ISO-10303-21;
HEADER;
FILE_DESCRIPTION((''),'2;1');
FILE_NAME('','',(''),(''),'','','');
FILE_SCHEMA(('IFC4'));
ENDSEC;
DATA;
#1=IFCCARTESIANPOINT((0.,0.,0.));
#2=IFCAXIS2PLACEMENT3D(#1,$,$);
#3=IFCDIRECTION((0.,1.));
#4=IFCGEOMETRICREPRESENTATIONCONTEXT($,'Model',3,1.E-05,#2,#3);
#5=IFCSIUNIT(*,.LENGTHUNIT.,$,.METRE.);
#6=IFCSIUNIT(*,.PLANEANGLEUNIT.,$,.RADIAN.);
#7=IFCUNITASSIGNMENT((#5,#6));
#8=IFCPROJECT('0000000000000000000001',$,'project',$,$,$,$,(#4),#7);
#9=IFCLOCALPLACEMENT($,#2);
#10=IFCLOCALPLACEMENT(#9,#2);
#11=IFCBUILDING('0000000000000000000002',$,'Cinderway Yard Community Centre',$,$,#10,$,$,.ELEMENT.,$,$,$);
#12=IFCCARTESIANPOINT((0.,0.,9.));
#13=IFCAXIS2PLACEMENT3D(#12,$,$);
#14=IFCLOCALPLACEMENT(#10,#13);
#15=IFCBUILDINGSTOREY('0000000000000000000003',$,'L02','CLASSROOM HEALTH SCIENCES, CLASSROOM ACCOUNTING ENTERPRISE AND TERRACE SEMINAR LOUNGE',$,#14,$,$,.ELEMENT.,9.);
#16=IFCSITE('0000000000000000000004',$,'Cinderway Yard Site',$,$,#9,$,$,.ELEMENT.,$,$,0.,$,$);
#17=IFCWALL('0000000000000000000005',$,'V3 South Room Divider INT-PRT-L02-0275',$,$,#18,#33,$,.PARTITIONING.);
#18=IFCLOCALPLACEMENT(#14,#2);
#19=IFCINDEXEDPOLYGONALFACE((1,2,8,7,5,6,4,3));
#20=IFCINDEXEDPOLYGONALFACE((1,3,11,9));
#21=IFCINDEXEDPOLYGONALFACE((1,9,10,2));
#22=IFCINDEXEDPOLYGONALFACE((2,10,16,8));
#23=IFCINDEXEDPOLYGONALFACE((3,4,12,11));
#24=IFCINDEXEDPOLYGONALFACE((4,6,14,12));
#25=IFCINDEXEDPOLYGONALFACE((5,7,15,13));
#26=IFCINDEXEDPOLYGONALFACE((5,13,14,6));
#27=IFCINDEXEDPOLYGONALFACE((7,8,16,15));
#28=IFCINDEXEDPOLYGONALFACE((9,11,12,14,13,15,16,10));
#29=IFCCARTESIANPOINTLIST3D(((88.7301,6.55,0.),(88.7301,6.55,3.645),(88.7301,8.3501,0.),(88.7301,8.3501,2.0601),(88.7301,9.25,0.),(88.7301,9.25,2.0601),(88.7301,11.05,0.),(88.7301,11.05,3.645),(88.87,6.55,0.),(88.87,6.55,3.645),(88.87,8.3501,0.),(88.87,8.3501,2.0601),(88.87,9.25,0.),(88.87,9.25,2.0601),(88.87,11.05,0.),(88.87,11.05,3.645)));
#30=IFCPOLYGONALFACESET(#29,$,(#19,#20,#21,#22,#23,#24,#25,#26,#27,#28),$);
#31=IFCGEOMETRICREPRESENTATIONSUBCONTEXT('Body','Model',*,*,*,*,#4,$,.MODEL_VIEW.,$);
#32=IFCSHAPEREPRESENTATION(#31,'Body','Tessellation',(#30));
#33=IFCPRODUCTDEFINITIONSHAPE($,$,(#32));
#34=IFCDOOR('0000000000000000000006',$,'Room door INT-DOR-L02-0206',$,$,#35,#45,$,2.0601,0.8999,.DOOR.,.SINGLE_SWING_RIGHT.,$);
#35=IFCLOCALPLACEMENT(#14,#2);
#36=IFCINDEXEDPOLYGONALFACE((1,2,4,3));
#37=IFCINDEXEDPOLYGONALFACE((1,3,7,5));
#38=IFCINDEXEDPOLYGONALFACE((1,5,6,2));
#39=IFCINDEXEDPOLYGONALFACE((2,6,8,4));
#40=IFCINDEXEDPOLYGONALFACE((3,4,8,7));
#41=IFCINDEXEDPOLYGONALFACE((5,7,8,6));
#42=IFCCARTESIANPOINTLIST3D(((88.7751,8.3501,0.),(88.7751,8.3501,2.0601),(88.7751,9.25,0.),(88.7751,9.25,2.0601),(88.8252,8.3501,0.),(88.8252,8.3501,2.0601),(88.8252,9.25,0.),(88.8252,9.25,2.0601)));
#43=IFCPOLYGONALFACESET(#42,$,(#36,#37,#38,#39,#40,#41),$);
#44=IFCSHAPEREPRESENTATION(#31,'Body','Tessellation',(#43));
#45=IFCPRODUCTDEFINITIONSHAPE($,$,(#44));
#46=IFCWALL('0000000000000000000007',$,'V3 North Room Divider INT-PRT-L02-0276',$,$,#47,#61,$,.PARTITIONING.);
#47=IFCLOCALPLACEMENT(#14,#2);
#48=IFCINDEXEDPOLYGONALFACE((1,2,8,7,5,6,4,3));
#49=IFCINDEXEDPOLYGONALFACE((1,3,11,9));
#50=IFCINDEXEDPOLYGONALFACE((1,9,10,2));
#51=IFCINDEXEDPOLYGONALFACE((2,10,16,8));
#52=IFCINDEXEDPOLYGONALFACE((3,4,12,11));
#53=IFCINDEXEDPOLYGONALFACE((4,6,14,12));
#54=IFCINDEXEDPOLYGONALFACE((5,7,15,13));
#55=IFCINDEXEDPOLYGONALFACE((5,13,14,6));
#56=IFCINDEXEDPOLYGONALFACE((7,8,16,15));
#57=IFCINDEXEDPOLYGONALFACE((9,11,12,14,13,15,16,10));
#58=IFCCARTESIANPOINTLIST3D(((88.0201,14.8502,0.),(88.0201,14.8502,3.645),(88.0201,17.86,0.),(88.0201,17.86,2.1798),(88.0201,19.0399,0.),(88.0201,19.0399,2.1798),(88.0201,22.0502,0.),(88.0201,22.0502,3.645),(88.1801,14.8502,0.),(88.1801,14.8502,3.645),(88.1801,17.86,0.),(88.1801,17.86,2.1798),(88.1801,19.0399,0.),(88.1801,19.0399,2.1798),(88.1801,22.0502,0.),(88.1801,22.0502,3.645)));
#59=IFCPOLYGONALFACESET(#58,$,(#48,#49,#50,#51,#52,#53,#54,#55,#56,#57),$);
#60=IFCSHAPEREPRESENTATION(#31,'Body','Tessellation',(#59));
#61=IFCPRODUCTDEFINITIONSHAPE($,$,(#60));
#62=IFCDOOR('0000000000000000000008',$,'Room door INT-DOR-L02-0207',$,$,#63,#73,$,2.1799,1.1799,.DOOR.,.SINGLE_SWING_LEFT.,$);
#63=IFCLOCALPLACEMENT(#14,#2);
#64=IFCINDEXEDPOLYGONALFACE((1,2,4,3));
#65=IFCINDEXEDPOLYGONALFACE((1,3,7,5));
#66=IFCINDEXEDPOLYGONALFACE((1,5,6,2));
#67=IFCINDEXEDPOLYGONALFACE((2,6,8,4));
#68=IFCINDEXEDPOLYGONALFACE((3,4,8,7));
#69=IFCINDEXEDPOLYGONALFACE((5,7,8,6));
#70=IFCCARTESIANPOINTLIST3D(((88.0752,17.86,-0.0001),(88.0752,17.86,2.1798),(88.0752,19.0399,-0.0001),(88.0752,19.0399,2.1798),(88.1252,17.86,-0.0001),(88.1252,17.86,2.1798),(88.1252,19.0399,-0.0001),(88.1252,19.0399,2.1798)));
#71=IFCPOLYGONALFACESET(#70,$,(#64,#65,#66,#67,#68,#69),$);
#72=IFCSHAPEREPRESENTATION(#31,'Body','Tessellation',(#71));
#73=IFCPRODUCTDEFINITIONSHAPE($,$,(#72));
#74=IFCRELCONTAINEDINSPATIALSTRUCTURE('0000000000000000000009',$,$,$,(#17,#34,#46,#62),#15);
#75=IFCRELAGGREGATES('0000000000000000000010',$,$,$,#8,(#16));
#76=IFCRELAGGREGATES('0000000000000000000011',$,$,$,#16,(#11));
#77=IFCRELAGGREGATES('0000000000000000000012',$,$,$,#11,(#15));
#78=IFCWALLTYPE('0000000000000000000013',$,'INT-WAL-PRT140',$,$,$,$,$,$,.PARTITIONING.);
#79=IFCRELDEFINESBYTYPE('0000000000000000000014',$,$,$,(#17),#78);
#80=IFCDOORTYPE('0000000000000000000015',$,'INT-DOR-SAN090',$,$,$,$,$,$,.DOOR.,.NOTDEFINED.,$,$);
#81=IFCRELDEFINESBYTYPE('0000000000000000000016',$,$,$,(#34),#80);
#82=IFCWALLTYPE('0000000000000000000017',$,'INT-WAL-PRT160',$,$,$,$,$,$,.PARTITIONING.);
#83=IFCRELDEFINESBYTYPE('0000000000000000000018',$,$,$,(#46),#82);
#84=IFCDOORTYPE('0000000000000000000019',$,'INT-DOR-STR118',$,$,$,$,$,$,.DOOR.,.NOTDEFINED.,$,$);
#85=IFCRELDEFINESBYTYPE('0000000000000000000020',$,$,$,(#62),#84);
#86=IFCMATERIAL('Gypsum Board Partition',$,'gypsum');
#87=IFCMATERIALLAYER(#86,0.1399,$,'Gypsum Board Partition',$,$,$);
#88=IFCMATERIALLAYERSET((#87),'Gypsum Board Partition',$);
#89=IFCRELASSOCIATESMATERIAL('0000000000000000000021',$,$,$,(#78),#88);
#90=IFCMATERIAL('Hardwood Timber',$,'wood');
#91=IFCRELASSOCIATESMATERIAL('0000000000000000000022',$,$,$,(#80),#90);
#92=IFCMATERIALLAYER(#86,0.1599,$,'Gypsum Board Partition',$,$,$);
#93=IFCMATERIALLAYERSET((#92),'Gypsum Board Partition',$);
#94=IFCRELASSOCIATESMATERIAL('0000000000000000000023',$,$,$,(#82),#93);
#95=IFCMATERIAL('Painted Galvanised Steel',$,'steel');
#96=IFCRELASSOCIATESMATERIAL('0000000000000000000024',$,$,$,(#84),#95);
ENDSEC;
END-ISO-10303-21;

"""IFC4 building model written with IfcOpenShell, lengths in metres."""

from ifc_helpers import new_model, si_unit, direction, frame, frame_2d, origin, place, context, subcontext, project, spatial, rectangle, extrude, material, layer, layer_set, type_object, element, fill, save


model = new_model("IFC4")

# Units and contexts
model_context = context("Model", 3, precision=1e-05, world=origin(), true_north=direction((0.0, 1.0)))
body_context = subcontext(model_context, "Body", "Model", "MODEL_VIEW")
ifc_project = project(units=[si_unit("LENGTHUNIT", "METRE"), si_unit("PLANEANGLEUNIT", "RADIAN")], contexts=[model_context])

# Site, building, storey
site_placement = place(None, origin())
site = spatial("IfcSite", under=ifc_project, at=site_placement, Name="Cinderway Yard Site", CompositionType="ELEMENT", RefElevation=0.0)
building_placement = place(site_placement, origin())
building = spatial("IfcBuilding", under=site, at=building_placement, Name="Cinderway Yard Community Centre", CompositionType="ELEMENT")
storey_placement = place(building_placement, frame((0.0, 0.0, 9.0)))
storey = spatial("IfcBuildingStorey", under=building, at=storey_placement, Name="L02", Description="CLASSROOM HEALTH SCIENCES, CLASSROOM ACCOUNTING ENTERPRISE AND TERRACE SEMINAR LOUNGE", CompositionType="ELEMENT", Elevation=9.0)

# Walls, openings, doors
ifc_material_1 = material(Name="Gypsum Board Partition", Category="gypsum")
ifc_layer_1 = layer(ifc_material_1, 0.1399, Name="Gypsum Board Partition")
ifc_layer_set_1 = layer_set([ifc_layer_1], Name="Gypsum Board Partition")
wall_type_1 = type_object("IfcWallType", Name="INT-WAL-PRT140", PredefinedType="PARTITIONING", material=ifc_layer_set_1)
wall_1_placement = place(storey_placement, frame((88.8, 6.55, 0.0), z_axis=(0.0, 0.0, 1.0), x_axis=(0.0, 1.0, 0.0)))
wall_1 = element("IfcWall", 1, at=wall_1_placement, inside=storey, type_object=wall_type_1, Name="V3 South Room Divider INT-PRT-L02-0275", PredefinedType="PARTITIONING", context=body_context, shape_type="SweptSolid", body=[
    extrude(rectangle(XDim=4.5, YDim=0.1399, at=frame_2d((2.25, 0.0))), origin(), (0.0, 0.0, 1.0), 3.645),
])
opening_1_placement = place(wall_1_placement, frame((1.8, 0.0, 0.0)))
opening_1 = element("IfcOpeningElement", 2, at=opening_1_placement, cuts=wall_1, PredefinedType="OPENING", context=body_context, shape_type="SweptSolid", body=[
    extrude(rectangle(XDim=0.8999, YDim=2.0601, at=frame_2d((0.45, 1.03))), frame((0.0, 0.0798, 0.0), z_axis=(0.0, -1.0, 0.0), x_axis=(1.0, 0.0, 0.0)), (0.0, 0.0, 1.0), 0.1599),
])
ifc_material_2 = material(Name="Hardwood Timber", Category="wood")
door_type_1 = type_object("IfcDoorType", Name="INT-DOR-SAN090", OperationType="NOTDEFINED", PredefinedType="DOOR", material=ifc_material_2)
door_1_placement = place(opening_1_placement, origin())
door_1 = element("IfcDoor", 3, at=door_1_placement, inside=storey, type_object=door_type_1, Name="Room door INT-DOR-L02-0206", OperationType="SINGLE_SWING_RIGHT", OverallHeight=2.0601, OverallWidth=0.8999, PredefinedType="DOOR", context=body_context, shape_type="SweptSolid", body=[
    extrude(rectangle(XDim=0.8999, YDim=2.0601, at=frame_2d((0.45, 1.03))), frame((0.0, 0.0249, 0.0), z_axis=(0.0, -1.0, 0.0), x_axis=(1.0, 0.0, 0.0)), (0.0, 0.0, 1.0), 0.05),
])
fill(opening_1, door_1)
ifc_layer_2 = layer(ifc_material_1, 0.1599, Name="Gypsum Board Partition")
ifc_layer_set_2 = layer_set([ifc_layer_2], Name="Gypsum Board Partition")
wall_type_2 = type_object("IfcWallType", Name="INT-WAL-PRT160", PredefinedType="PARTITIONING", material=ifc_layer_set_2)
wall_2_placement = place(storey_placement, frame((88.1001, 14.8501, 0.0), z_axis=(0.0, 0.0, 1.0), x_axis=(0.0, 1.0, 0.0)))
wall_2 = element("IfcWall", 4, at=wall_2_placement, inside=storey, type_object=wall_type_2, Name="V3 North Room Divider INT-PRT-L02-0276", PredefinedType="PARTITIONING", context=body_context, shape_type="SweptSolid", body=[
    extrude(rectangle(XDim=7.2, YDim=0.1599, at=frame_2d((3.6001, 0.0))), origin(), (0.0, 0.0, 1.0), 3.645),
])
opening_2_placement = place(wall_2_placement, frame((3.01, 0.0, 0.0)))
opening_2 = element("IfcOpeningElement", 5, at=opening_2_placement, cuts=wall_2, PredefinedType="OPENING", context=body_context, shape_type="SweptSolid", body=[
    extrude(rectangle(XDim=1.1799, YDim=2.1799, at=frame_2d((0.5898, 1.0898))), frame((0.0, 0.0898, 0.0), z_axis=(0.0, -1.0, 0.0), x_axis=(1.0, 0.0, 0.0)), (0.0, 0.0, 1.0), 0.1799),
])
ifc_material_3 = material(Name="Painted Galvanised Steel", Category="steel")
door_type_2 = type_object("IfcDoorType", Name="INT-DOR-STR118", OperationType="NOTDEFINED", PredefinedType="DOOR", material=ifc_material_3)
door_2_placement = place(opening_2_placement, origin())
door_2 = element("IfcDoor", 6, at=door_2_placement, inside=storey, type_object=door_type_2, Name="Room door INT-DOR-L02-0207", OperationType="SINGLE_SWING_LEFT", OverallHeight=2.1799, OverallWidth=1.1799, PredefinedType="DOOR", context=body_context, shape_type="SweptSolid", body=[
    extrude(rectangle(XDim=1.1799, YDim=2.1799, at=frame_2d((0.5898, 1.0898))), frame((0.0, 0.0249, 0.0), z_axis=(0.0, -1.0, 0.0), x_axis=(1.0, 0.0, 0.0)), (0.0, 0.0, 1.0), 0.05),
])
fill(opening_2, door_2)

save(model, "model.ifc")
